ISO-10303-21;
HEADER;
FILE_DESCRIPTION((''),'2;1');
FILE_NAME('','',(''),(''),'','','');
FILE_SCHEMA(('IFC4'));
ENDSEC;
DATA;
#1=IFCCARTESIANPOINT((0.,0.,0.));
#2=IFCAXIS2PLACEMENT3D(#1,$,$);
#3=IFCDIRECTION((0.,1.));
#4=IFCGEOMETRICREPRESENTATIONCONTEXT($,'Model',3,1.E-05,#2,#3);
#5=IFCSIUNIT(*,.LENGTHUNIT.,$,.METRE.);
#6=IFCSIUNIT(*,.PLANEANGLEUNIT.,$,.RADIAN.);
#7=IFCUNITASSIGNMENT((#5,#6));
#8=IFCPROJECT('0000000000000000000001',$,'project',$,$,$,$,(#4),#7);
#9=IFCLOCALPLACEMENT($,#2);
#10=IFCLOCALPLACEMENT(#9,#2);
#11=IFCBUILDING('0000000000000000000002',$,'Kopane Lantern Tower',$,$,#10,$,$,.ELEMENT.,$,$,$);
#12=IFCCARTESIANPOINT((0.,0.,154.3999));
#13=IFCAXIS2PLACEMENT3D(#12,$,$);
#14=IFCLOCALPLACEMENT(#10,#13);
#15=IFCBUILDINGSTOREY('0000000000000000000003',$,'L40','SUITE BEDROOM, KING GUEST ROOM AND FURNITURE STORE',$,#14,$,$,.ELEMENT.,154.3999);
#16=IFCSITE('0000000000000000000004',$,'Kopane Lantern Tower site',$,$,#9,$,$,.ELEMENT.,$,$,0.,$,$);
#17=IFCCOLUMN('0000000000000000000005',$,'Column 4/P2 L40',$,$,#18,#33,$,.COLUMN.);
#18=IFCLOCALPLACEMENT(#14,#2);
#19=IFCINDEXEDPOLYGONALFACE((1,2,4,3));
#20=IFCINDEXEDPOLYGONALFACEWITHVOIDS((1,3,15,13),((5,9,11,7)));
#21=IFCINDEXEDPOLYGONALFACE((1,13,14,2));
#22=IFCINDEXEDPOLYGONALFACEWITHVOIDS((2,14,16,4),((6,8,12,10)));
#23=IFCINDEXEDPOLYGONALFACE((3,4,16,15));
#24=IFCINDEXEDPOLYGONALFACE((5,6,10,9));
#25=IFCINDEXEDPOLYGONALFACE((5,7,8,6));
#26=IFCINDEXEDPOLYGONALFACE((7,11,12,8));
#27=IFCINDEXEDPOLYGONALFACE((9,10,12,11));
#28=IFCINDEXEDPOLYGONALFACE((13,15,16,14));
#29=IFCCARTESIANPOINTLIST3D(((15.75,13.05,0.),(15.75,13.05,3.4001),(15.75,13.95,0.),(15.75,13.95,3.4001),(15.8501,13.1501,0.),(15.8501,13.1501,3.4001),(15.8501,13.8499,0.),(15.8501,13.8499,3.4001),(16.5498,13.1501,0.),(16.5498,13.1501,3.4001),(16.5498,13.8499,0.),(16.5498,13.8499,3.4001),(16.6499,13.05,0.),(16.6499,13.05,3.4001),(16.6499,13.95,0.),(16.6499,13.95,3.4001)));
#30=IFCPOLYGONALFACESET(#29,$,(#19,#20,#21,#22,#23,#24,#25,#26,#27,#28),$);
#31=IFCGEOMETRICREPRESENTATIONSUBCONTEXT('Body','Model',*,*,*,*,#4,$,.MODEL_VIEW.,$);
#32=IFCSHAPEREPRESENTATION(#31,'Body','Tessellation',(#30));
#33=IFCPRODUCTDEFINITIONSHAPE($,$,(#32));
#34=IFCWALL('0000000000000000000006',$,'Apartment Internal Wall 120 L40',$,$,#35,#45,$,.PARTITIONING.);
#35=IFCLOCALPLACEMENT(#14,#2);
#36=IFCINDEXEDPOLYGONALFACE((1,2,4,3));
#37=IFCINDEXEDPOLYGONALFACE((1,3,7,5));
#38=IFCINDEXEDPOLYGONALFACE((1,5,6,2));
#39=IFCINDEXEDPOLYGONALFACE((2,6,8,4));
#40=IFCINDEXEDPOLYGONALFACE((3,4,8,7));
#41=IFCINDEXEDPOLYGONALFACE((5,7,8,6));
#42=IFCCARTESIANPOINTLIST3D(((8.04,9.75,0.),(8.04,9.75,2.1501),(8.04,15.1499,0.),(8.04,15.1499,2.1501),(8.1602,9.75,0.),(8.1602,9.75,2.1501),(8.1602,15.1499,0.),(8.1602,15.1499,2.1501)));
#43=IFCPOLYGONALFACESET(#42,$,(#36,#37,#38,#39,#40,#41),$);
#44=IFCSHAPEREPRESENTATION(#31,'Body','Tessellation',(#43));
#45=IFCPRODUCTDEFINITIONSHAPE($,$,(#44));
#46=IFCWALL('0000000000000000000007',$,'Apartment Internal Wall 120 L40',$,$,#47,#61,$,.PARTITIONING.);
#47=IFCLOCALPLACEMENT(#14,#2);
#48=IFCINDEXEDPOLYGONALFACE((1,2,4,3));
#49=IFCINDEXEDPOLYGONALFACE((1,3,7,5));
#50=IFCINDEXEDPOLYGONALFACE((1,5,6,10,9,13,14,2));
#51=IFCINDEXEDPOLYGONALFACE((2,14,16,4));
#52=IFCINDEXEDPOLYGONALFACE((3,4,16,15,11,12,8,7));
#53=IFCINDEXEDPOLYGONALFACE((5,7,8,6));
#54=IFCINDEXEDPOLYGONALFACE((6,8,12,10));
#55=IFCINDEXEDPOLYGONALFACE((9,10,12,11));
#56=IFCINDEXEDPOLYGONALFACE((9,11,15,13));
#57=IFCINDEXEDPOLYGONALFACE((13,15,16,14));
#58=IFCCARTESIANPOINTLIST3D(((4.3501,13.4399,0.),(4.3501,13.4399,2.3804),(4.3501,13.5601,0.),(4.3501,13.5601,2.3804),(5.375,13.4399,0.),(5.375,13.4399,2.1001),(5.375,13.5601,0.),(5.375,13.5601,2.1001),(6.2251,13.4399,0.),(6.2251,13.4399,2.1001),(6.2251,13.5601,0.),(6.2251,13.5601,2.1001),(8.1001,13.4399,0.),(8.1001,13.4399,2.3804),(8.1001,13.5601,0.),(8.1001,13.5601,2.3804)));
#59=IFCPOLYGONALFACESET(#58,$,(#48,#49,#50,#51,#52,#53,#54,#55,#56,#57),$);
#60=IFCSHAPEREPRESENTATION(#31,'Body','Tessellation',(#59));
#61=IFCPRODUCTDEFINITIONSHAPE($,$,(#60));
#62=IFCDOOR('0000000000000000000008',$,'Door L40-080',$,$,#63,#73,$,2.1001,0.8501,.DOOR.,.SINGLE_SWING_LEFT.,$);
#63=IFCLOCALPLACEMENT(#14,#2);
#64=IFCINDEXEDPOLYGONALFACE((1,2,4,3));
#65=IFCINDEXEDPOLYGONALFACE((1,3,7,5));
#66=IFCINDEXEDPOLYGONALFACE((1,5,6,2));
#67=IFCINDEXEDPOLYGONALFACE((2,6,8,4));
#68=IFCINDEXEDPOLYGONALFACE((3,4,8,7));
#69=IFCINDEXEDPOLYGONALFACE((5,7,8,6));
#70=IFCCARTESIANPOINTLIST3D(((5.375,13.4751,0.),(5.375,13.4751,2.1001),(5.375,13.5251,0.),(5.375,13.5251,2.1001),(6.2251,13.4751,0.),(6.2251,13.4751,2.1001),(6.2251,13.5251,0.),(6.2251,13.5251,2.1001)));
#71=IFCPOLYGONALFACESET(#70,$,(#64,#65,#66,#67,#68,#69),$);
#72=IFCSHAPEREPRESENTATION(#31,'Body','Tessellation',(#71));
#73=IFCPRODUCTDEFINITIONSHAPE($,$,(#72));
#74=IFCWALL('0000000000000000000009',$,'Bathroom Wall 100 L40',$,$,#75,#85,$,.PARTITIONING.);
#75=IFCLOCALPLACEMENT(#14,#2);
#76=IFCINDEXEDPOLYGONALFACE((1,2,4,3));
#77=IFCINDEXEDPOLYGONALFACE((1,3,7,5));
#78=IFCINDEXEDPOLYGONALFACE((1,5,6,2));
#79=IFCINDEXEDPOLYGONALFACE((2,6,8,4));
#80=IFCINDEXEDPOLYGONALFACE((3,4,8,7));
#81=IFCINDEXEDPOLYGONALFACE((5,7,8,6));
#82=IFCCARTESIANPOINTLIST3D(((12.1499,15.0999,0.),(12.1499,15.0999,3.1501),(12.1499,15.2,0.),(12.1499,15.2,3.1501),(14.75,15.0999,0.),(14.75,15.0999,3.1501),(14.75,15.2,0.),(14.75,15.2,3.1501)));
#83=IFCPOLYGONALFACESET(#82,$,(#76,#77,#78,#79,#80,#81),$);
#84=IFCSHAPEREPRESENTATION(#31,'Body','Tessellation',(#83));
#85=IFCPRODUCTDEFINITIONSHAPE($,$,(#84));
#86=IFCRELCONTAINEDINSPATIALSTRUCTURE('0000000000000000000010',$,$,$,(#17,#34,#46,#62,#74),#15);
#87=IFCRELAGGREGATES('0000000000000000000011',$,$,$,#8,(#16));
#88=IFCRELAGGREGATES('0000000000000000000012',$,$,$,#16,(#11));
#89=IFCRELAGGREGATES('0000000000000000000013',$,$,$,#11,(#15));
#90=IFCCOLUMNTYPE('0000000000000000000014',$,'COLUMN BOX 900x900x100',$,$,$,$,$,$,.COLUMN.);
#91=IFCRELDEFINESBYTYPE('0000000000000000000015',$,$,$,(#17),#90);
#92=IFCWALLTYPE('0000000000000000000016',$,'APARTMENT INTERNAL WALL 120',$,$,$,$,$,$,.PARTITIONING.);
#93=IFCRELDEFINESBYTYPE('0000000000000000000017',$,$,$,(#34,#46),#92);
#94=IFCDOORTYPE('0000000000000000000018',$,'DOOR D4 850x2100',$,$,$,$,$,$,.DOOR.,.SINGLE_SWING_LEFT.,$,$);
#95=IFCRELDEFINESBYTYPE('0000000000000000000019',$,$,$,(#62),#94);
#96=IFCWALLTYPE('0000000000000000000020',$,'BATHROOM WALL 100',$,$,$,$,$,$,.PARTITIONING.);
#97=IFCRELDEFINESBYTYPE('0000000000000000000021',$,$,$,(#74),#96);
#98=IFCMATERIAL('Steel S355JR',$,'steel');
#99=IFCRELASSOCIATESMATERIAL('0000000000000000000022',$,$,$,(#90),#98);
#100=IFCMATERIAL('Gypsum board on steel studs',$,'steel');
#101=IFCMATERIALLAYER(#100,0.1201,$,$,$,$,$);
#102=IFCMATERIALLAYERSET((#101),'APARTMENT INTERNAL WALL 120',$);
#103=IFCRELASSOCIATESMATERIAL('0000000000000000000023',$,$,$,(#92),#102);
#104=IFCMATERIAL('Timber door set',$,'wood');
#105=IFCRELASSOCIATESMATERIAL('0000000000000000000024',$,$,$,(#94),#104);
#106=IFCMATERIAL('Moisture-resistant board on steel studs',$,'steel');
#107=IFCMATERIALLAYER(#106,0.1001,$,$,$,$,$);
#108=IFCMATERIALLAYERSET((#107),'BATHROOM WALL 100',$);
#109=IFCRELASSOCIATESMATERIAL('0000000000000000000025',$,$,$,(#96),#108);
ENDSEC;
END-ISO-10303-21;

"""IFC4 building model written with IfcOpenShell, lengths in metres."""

from ifc_helpers import new_model, si_unit, direction, frame, frame_2d, origin, origin_2d, place, context, subcontext, project, spatial, rectangle, hollow_rectangle, extrude, material, layer, layer_set, material_profile, profile_set, type_object, element, fill, save


model = new_model("IFC4")

# Units and contexts
model_context = context("Model", 3, precision=1e-05, world=origin(), true_north=direction((0.0, 1.0)))
body_context = subcontext(model_context, "Body", "Model", "MODEL_VIEW")
ifc_project = project(units=[si_unit("LENGTHUNIT", "METRE"), si_unit("PLANEANGLEUNIT", "RADIAN")], contexts=[model_context])

# Site, building, storey
site_placement = place(None, origin())
site = spatial("IfcSite", under=ifc_project, at=site_placement, Name="Kopane Lantern Tower site", CompositionType="ELEMENT", RefElevation=0.0)
building_placement = place(site_placement, origin())
building = spatial("IfcBuilding", under=site, at=building_placement, Name="Kopane Lantern Tower", CompositionType="ELEMENT")
storey_placement = place(building_placement, frame((0.0, 0.0, 154.3999)))
storey = spatial("IfcBuildingStorey", under=building, at=storey_placement, Name="L40", Description="SUITE BEDROOM, KING GUEST ROOM AND FURNITURE STORE", CompositionType="ELEMENT", Elevation=154.3999)

# Column
ifc_material_1 = material(Name="Steel S355JR", Category="steel")
ifc_material_profile = material_profile(ifc_material_1, hollow_rectangle(XDim=0.8999, YDim=0.8999, WallThickness=0.1001, at=origin_2d()), Name="BOX 900x900x100")
ifc_profile_set = profile_set([ifc_material_profile], Name="Steel S355JR")
column_type = type_object("IfcColumnType", Name="COLUMN BOX 900x900x100", PredefinedType="COLUMN", material=ifc_profile_set)
column_placement = place(storey_placement, frame((16.2, 13.5, 0.0), z_axis=(0.0, 0.0, 1.0), x_axis=(1.0, 0.0, 0.0)))
element("IfcColumn", 1, at=column_placement, inside=storey, type_object=column_type, Name="Column 4/P2 L40", PredefinedType="COLUMN", context=body_context, shape_type="SweptSolid", body=[
    extrude(hollow_rectangle(XDim=0.8999, YDim=0.8999, WallThickness=0.1001, at=origin_2d()), origin(), (0.0, 0.0, 1.0), 3.4001),
])

# Wall
ifc_material_2 = material(Name="Gypsum board on steel studs", Category="steel")
ifc_layer_1 = layer(ifc_material_2, 0.1201)
ifc_layer_set_1 = layer_set([ifc_layer_1], Name="APARTMENT INTERNAL WALL 120")
wall_type_1 = type_object("IfcWallType", Name="APARTMENT INTERNAL WALL 120", PredefinedType="PARTITIONING", material=ifc_layer_set_1)
wall_1_placement = place(storey_placement, frame((8.1001, 15.1499, 0.0), z_axis=(0.0, 0.0, 1.0), x_axis=(0.0, -1.0, 0.0)))
element("IfcWall", 2, at=wall_1_placement, inside=storey, type_object=wall_type_1, Name="Apartment Internal Wall 120 L40", PredefinedType="PARTITIONING", context=body_context, shape_type="SweptSolid", body=[
    extrude(rectangle(XDim=5.3999, YDim=0.1201, at=frame_2d((2.7, 0.0))), origin(), (0.0, 0.0, 1.0), 2.1501),
])

# Wall, opening, door
wall_2_placement = place(storey_placement, frame((8.1001, 13.5, 0.0), z_axis=(0.0, 0.0, 1.0), x_axis=(-1.0, 0.0, 0.0)))
wall_2 = element("IfcWall", 3, at=wall_2_placement, inside=storey, type_object=wall_type_1, Name="Apartment Internal Wall 120 L40", PredefinedType="PARTITIONING", context=body_context, shape_type="SweptSolid", body=[
    extrude(rectangle(XDim=3.75, YDim=0.1201, at=frame_2d((1.875, 0.0))), origin(), (0.0, 0.0, 1.0), 2.3804),
])
opening_1_placement = place(wall_2_placement, frame((1.875, 0.0, 0.0)))
opening_1 = element("IfcOpeningElement", 4, at=opening_1_placement, cuts=wall_2, PredefinedType="OPENING", context=body_context, shape_type="SweptSolid", body=[
    extrude(rectangle(XDim=0.8501, YDim=2.1001, at=frame_2d((0.425, 1.05))), frame((0.0, 0.0701, 0.0), z_axis=(0.0, -1.0, 0.0), x_axis=(1.0, 0.0, 0.0)), (0.0, 0.0, 1.0), 0.1401),
])
ifc_material_3 = material(Name="Timber door set", Category="wood")
door_type_1 = type_object("IfcDoorType", Name="DOOR D4 850x2100", OperationType="SINGLE_SWING_LEFT", PredefinedType="DOOR", material=ifc_material_3)
door_1_placement = place(opening_1_placement, origin())
door_1 = element("IfcDoor", 5, at=door_1_placement, inside=storey, type_object=door_type_1, Name="Door L40-080", OperationType="SINGLE_SWING_LEFT", OverallHeight=2.1001, OverallWidth=0.8501, PredefinedType="DOOR", context=body_context, shape_type="SweptSolid", body=[
    extrude(rectangle(XDim=0.8501, YDim=2.1001, at=frame_2d((0.425, 1.05))), frame((0.0, 0.0249, 0.0), z_axis=(0.0, -1.0, 0.0), x_axis=(1.0, 0.0, 0.0)), (0.0, 0.0, 1.0), 0.05),
])
fill(opening_1, door_1)

# Wall
ifc_material_4 = material(Name="Moisture-resistant board on steel studs", Category="steel")
ifc_layer_2 = layer(ifc_material_4, 0.1001)
ifc_layer_set_2 = layer_set([ifc_layer_2], Name="BATHROOM WALL 100")
wall_type_2 = type_object("IfcWallType", Name="BATHROOM WALL 100", PredefinedType="PARTITIONING", material=ifc_layer_set_2)
wall_3_placement = place(storey_placement, frame((12.1499, 15.1499, 0.0), z_axis=(0.0, 0.0, 1.0), x_axis=(1.0, 0.0, 0.0)))
element("IfcWall", 6, at=wall_3_placement, inside=storey, type_object=wall_type_2, Name="Bathroom Wall 100 L40", PredefinedType="PARTITIONING", context=body_context, shape_type="SweptSolid", body=[
    extrude(rectangle(XDim=2.6001, YDim=0.1001, at=frame_2d((1.3, 0.0))), origin(), (0.0, 0.0, 1.0), 3.1501),
])

save(model, "model.ifc")
